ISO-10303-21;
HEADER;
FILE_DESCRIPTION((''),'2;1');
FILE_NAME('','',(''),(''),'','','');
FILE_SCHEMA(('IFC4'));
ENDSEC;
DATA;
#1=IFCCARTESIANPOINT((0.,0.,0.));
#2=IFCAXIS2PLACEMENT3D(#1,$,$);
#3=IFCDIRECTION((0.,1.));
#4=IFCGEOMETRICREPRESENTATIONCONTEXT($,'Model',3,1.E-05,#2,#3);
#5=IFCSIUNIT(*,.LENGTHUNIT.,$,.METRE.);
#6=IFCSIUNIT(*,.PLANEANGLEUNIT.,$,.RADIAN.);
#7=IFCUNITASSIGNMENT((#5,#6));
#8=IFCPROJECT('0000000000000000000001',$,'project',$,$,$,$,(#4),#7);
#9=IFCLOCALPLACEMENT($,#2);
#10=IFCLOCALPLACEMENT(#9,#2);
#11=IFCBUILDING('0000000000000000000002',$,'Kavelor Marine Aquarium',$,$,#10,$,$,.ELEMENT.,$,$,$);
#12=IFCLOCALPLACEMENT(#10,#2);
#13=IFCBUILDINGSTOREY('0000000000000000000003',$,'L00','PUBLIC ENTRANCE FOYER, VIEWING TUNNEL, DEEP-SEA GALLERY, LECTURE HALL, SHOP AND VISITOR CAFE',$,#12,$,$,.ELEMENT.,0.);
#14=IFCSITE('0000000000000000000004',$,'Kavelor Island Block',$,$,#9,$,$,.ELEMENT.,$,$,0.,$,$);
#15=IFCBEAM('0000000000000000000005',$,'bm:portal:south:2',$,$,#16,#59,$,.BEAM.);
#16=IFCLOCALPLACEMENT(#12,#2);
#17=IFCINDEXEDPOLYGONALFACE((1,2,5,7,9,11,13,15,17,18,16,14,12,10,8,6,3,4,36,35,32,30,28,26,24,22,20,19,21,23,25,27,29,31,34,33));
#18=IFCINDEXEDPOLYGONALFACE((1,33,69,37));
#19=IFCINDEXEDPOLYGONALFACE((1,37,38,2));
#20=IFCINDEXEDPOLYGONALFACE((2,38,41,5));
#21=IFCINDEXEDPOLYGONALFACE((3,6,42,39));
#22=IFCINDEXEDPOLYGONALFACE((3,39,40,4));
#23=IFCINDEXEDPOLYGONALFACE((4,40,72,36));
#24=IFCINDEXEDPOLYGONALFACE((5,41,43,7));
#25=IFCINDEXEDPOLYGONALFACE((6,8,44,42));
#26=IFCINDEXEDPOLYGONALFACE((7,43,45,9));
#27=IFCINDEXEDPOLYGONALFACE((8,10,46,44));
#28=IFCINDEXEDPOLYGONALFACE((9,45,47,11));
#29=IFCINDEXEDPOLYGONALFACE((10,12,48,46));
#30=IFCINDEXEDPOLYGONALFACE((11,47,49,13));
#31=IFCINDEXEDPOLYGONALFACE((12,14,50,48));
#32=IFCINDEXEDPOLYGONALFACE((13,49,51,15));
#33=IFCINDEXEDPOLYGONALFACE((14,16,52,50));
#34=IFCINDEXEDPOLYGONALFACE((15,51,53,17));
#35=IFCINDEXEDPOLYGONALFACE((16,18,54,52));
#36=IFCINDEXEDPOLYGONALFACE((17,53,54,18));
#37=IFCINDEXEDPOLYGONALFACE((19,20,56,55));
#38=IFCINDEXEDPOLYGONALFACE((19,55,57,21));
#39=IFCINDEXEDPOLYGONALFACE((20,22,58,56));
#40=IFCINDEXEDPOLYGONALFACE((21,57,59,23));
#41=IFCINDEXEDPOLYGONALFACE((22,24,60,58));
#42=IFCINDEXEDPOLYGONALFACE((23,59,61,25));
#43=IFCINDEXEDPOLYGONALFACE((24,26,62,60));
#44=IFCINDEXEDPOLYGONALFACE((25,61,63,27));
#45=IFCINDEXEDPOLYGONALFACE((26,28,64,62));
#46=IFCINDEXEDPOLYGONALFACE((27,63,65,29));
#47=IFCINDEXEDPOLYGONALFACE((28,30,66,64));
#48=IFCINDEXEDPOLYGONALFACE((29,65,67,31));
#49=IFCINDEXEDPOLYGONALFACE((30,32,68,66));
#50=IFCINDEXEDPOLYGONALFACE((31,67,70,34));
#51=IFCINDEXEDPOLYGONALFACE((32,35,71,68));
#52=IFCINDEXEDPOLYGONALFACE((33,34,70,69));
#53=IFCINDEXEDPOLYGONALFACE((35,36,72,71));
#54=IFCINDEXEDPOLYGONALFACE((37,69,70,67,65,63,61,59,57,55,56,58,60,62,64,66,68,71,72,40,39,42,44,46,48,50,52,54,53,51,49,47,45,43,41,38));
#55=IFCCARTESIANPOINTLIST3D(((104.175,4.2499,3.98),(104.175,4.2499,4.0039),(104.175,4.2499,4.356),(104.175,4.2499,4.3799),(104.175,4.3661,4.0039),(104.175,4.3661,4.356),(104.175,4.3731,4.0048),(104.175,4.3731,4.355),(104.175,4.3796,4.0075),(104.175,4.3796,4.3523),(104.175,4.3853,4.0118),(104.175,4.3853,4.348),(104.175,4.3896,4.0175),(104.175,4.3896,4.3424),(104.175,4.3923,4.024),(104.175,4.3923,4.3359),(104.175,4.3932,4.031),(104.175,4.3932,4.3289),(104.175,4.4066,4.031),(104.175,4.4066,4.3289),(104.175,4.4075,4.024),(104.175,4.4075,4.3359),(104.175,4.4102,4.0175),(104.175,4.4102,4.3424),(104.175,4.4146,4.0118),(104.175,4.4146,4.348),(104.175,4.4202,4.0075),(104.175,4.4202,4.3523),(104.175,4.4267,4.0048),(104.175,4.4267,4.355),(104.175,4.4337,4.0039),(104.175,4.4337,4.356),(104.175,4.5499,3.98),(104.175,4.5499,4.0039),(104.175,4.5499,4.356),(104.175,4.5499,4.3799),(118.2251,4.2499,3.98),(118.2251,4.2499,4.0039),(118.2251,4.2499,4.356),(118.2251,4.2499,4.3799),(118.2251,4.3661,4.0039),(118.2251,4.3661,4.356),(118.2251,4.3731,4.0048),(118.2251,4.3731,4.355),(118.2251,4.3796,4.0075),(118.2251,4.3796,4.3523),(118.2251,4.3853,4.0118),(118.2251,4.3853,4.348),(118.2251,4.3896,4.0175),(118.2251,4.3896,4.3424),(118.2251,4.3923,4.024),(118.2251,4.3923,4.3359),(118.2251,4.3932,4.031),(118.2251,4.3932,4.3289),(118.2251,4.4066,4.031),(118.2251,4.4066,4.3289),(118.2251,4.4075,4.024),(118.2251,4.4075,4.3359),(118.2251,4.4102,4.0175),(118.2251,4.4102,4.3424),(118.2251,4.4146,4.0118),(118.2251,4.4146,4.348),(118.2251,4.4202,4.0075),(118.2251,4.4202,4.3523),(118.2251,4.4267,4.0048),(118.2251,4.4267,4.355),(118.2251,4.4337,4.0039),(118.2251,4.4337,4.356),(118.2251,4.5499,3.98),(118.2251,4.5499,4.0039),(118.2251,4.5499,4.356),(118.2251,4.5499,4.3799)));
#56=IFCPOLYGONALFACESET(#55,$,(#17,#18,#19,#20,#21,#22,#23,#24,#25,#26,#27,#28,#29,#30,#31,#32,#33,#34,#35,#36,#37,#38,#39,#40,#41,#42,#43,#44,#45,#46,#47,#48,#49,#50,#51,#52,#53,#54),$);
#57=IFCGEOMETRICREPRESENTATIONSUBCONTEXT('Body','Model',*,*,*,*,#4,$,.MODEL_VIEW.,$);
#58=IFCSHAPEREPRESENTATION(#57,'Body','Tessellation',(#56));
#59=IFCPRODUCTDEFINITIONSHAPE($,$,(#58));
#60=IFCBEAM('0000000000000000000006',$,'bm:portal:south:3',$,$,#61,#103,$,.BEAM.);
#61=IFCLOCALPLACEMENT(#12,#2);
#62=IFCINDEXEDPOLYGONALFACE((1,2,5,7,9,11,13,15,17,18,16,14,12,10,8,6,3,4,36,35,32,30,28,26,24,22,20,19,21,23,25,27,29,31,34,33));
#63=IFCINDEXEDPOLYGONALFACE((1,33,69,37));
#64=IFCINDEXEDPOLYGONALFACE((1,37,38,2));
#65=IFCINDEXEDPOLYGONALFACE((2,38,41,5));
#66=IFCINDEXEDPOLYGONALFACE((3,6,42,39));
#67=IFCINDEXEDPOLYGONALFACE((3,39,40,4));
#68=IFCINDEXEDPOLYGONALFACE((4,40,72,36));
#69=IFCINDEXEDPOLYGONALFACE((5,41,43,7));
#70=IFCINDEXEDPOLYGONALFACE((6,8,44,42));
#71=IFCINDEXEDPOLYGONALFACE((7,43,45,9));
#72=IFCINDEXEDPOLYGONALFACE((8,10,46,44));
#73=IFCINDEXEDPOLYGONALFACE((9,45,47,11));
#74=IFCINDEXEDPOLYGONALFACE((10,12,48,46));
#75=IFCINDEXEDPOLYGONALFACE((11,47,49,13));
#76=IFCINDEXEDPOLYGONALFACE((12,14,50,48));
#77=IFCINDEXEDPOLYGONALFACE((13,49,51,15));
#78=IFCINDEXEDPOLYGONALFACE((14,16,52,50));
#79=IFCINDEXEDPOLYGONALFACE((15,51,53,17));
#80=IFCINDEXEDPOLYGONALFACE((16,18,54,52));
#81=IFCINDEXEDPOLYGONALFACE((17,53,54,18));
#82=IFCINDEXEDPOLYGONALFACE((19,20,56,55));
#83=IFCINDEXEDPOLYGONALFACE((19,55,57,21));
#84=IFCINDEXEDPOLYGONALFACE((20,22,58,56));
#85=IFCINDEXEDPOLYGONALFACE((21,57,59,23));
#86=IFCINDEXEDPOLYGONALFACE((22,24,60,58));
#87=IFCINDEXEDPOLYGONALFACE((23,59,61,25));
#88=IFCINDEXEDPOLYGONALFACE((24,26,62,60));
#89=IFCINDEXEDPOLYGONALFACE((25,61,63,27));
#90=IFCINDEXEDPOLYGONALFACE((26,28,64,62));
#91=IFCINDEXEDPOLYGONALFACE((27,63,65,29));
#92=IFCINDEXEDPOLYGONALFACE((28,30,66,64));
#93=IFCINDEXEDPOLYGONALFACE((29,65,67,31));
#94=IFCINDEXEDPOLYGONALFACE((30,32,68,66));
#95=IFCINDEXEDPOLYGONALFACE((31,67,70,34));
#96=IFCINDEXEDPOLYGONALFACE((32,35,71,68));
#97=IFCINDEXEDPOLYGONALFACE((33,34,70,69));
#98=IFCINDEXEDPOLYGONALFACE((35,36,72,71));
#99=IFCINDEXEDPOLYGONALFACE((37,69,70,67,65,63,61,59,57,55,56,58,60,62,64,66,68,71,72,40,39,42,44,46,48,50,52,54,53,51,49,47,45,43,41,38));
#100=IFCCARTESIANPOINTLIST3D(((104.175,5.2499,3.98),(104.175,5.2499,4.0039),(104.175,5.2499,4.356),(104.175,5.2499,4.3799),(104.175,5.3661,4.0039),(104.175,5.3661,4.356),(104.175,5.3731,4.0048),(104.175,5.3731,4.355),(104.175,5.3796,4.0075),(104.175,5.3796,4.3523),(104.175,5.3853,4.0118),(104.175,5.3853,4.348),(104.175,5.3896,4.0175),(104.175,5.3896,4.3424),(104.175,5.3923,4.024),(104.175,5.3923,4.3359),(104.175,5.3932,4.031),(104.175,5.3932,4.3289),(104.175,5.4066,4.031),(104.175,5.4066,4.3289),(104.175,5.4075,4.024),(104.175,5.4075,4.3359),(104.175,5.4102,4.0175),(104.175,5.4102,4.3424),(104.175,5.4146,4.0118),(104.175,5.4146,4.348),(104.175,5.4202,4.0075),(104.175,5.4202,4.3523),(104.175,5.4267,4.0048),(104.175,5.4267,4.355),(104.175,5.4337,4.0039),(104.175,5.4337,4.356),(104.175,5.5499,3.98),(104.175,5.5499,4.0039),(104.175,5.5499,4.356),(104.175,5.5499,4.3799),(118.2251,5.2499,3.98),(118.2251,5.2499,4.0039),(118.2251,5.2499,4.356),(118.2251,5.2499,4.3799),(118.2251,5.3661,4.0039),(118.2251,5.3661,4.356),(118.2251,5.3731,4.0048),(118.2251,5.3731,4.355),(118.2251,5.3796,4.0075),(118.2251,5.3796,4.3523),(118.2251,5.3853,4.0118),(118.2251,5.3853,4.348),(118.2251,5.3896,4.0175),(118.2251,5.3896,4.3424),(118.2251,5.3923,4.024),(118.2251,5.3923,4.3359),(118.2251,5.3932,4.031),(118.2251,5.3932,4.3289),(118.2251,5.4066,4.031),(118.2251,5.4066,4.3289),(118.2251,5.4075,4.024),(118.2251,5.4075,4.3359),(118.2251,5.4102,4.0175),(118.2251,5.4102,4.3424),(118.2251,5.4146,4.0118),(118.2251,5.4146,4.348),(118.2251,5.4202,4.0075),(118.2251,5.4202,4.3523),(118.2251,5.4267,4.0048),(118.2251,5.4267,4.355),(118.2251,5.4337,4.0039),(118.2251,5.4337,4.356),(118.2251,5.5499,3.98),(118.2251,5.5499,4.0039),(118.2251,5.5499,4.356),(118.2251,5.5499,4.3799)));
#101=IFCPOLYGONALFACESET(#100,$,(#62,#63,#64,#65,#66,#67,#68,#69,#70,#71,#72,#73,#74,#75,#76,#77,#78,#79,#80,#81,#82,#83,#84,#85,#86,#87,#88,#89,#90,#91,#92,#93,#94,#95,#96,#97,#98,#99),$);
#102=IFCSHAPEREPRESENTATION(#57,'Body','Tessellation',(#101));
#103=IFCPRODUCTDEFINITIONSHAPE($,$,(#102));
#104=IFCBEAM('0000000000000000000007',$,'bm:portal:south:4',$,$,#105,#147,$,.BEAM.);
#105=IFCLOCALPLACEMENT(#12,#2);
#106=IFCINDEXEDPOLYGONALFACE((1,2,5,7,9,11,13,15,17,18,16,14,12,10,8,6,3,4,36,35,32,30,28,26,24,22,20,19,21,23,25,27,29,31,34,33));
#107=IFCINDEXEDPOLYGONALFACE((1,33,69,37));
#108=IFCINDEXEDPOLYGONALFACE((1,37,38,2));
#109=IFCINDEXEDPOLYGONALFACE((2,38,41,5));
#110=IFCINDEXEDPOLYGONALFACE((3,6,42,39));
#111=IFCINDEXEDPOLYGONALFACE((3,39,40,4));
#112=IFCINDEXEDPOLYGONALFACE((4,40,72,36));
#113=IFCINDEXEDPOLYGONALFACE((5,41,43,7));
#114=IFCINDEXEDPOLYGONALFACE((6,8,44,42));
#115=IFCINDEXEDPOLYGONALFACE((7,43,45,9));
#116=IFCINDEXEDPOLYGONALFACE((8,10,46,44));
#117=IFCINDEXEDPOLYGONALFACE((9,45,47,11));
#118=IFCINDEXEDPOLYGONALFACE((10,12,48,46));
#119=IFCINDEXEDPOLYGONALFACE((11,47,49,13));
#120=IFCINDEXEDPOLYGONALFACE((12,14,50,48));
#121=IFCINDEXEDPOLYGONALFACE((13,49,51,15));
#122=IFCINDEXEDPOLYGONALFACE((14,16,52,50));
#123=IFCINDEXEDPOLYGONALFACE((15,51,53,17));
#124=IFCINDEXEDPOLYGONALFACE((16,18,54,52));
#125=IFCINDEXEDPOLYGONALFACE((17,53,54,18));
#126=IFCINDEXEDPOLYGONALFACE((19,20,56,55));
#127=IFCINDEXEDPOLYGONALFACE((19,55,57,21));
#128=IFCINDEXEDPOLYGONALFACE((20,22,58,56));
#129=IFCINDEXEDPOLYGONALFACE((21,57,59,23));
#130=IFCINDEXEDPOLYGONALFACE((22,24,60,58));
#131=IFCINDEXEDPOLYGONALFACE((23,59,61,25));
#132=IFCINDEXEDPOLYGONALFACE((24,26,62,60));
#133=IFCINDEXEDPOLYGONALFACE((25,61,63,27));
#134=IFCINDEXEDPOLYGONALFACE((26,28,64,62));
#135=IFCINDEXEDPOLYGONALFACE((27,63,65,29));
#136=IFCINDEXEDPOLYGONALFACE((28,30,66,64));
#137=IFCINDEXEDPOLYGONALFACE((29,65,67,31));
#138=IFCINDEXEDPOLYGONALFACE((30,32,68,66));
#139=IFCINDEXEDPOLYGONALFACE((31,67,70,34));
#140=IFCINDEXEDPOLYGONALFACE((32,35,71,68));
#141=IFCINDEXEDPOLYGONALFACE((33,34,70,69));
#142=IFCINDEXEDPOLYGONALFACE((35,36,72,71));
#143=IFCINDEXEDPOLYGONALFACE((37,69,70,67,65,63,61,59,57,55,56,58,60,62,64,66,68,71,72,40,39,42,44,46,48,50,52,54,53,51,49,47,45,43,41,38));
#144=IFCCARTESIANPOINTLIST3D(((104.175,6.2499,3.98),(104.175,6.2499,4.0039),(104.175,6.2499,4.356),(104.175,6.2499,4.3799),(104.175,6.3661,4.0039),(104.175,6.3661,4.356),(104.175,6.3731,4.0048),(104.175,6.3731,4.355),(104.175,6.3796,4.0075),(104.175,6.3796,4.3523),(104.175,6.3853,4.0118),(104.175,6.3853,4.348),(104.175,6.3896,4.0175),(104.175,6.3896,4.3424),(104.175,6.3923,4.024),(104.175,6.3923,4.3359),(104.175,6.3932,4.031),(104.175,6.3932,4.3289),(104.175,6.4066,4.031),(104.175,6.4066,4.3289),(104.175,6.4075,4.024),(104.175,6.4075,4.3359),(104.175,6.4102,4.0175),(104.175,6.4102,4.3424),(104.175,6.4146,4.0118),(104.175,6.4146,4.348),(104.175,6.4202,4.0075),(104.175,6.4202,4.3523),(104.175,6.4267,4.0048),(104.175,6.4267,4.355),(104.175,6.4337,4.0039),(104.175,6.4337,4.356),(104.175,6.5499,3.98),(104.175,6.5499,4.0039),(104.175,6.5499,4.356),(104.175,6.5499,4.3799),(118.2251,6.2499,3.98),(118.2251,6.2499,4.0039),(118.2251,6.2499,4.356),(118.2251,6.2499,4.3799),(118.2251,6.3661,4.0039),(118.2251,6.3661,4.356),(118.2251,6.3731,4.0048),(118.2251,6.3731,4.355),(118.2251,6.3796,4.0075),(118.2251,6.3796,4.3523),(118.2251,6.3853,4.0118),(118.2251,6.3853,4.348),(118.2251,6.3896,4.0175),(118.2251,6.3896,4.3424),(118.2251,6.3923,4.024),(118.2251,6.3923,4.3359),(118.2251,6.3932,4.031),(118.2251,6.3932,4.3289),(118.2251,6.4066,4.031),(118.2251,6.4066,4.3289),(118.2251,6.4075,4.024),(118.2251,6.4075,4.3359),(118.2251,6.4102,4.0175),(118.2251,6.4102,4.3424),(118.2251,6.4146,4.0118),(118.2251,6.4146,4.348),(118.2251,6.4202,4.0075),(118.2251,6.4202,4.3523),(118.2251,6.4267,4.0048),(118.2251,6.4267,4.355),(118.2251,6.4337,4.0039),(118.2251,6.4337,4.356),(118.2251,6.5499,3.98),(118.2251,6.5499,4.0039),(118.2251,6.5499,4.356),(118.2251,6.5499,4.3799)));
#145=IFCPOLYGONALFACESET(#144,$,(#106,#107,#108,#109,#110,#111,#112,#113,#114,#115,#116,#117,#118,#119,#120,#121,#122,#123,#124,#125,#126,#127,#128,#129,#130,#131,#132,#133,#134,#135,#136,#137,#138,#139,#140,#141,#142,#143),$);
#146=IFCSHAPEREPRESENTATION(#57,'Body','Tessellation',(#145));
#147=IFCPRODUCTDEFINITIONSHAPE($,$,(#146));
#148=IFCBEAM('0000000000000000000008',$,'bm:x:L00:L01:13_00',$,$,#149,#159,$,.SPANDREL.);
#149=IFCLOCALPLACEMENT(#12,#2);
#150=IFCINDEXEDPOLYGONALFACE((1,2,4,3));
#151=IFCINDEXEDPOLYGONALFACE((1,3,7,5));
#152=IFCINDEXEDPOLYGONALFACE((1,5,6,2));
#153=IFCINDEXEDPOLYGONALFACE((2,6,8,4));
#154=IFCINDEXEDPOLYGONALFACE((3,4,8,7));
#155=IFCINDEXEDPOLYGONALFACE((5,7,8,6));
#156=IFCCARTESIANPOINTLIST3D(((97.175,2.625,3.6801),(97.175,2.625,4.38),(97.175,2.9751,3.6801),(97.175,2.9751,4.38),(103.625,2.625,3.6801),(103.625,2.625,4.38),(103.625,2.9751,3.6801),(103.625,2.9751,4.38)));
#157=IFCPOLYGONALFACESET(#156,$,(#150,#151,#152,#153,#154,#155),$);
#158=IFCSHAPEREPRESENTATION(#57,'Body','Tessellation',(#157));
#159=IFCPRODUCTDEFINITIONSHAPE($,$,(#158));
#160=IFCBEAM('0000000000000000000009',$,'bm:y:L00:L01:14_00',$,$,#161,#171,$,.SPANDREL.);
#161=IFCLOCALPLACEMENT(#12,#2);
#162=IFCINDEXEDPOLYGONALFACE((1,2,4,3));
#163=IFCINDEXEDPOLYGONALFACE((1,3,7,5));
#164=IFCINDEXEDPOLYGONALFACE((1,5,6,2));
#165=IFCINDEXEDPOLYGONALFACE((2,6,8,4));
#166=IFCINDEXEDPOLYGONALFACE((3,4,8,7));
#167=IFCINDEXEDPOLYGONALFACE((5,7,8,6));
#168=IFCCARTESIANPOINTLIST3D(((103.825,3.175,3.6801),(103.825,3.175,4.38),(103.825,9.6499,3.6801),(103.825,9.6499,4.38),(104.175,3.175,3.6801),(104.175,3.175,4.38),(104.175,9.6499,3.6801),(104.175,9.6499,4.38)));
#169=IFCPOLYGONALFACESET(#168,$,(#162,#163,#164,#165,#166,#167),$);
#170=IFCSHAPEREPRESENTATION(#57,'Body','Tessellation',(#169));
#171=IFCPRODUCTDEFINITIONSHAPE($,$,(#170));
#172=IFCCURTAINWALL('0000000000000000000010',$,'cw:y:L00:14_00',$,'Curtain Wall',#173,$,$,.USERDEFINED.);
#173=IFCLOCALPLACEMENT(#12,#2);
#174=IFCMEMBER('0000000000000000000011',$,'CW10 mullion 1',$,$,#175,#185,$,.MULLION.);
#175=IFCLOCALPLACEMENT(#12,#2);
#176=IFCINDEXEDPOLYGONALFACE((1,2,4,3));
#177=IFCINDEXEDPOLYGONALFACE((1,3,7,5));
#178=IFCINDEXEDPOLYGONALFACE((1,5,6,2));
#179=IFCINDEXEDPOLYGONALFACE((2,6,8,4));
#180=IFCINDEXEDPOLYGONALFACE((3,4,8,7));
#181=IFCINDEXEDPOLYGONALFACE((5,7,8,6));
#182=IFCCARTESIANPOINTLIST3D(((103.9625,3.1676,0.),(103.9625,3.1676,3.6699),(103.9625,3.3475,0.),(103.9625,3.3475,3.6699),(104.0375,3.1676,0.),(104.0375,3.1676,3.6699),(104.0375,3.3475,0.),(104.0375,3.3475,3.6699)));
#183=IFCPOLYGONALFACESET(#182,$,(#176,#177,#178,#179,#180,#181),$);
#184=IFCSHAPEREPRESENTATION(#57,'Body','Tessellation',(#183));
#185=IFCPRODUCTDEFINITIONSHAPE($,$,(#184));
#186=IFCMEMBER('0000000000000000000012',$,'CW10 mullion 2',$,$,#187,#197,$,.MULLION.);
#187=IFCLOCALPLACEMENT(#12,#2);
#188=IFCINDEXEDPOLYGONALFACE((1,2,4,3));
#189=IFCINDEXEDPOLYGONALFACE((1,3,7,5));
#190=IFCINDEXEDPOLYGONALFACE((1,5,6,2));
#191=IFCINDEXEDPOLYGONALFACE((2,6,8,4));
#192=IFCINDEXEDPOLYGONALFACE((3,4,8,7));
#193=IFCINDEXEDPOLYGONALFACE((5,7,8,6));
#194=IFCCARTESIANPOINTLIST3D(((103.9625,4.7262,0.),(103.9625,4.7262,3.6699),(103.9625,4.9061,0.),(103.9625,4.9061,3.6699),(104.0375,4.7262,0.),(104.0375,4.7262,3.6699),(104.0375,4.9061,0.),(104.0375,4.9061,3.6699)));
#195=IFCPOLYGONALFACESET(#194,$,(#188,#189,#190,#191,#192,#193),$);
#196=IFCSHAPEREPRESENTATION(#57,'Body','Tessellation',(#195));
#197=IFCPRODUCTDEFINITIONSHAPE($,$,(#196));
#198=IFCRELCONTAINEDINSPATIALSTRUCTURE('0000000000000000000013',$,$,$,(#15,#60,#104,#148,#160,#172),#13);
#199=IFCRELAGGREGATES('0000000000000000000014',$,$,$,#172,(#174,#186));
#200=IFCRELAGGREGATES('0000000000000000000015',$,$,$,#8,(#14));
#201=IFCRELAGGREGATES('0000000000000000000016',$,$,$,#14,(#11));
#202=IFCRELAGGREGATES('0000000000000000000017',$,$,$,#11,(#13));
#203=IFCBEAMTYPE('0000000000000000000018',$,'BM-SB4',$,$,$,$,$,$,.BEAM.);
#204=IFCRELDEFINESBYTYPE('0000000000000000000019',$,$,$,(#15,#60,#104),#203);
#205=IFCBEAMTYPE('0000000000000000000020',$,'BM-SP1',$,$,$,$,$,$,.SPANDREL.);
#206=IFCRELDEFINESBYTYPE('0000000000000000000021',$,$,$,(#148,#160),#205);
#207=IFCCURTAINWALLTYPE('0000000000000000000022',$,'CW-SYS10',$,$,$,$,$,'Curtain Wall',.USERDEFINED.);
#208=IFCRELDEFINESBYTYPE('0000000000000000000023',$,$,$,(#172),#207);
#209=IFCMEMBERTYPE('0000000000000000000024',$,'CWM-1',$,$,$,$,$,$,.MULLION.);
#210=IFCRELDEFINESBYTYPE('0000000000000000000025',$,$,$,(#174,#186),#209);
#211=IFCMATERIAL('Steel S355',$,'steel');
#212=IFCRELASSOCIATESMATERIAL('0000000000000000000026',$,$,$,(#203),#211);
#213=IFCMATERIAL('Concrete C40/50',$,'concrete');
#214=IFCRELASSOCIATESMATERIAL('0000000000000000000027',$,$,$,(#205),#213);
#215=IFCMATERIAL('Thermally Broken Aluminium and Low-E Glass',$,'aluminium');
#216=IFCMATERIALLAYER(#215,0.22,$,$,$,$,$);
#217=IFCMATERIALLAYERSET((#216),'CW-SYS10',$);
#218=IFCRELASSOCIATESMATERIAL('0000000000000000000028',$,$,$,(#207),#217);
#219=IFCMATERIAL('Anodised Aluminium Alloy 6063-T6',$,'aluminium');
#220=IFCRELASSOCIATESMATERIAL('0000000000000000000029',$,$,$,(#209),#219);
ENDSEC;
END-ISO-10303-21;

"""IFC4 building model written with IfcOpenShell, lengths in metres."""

from ifc_helpers import new_model, si_unit, direction, frame, origin, origin_2d, place, context, subcontext, project, spatial, rectangle, i_section, extrude, material, layer, layer_set, material_profile, profile_set, type_object, element, aggregate, save


model = new_model("IFC4")

# Units and contexts
model_context = context("Model", 3, precision=1e-05, world=origin(), true_north=direction((0.0, 1.0)))
body_context = subcontext(model_context, "Body", "Model", "MODEL_VIEW")
ifc_project = project(units=[si_unit("LENGTHUNIT", "METRE"), si_unit("PLANEANGLEUNIT", "RADIAN")], contexts=[model_context])

# Site, building, storey
site_placement = place(None, origin())
site = spatial("IfcSite", under=ifc_project, at=site_placement, Name="Kavelor Island Block", CompositionType="ELEMENT", RefElevation=0.0)
building_placement = place(site_placement, origin())
building = spatial("IfcBuilding", under=site, at=building_placement, Name="Kavelor Marine Aquarium", CompositionType="ELEMENT")
storey_placement = place(building_placement, origin())
storey = spatial("IfcBuildingStorey", under=building, at=storey_placement, Name="L00", Description="PUBLIC ENTRANCE FOYER, VIEWING TUNNEL, DEEP-SEA GALLERY, LECTURE HALL, SHOP AND VISITOR CAFE", CompositionType="ELEMENT", Elevation=0.0)

# Beams
ifc_material_1 = material(Name="Steel S355", Category="steel")
ifc_material_profile_1 = material_profile(ifc_material_1, i_section(OverallWidth=0.3, OverallDepth=0.3999, WebThickness=0.0134, FlangeThickness=0.0239, FilletRadius=0.0271, at=origin_2d()), Name="HEB 400")
ifc_profile_set_1 = profile_set([ifc_material_profile_1], Name="Steel S355")
beam_type_1 = type_object("IfcBeamType", Name="BM-SB4", PredefinedType="BEAM", material=ifc_profile_set_1)
for number, where, z_axis, x_axis, name in (
    (1, (104.175, 4.3999, 4.1799), (1.0, 0.0, 0.0), (0.0, 1.0, 0.0), "bm:portal:south:2"),
    (2, (104.175, 5.3999, 4.1799), (1.0, 0.0, 0.0), (0.0, 1.0, 0.0), "bm:portal:south:3"),
    (3, (104.175, 6.3999, 4.1799), (1.0, 0.0, 0.0), (0.0, 1.0, 0.0), "bm:portal:south:4"),
):
    element("IfcBeam", number, at=place(storey_placement, frame(where, z_axis=z_axis, x_axis=x_axis)), inside=storey, type_object=beam_type_1, Name=name, PredefinedType="BEAM", context=body_context, shape_type="SweptSolid", body=[
        extrude(i_section(OverallWidth=0.3, OverallDepth=0.3999, WebThickness=0.0134, FlangeThickness=0.0239, FilletRadius=0.0271, at=origin_2d()), origin(), (0.0, 0.0, 1.0), 14.05),
    ])
ifc_material_2 = material(Name="Concrete C40/50", Category="concrete")
ifc_material_profile_2 = material_profile(ifc_material_2, rectangle(XDim=0.3501, YDim=0.7, at=origin_2d()), Name="RC-SP 350x700")
ifc_profile_set_2 = profile_set([ifc_material_profile_2], Name="Concrete C40/50")
beam_type_2 = type_object("IfcBeamType", Name="BM-SP1", PredefinedType="SPANDREL", material=ifc_profile_set_2)
beam_1_placement = place(storey_placement, frame((97.175, 2.8, 4.03), z_axis=(1.0, 0.0, 0.0), x_axis=(0.0, 1.0, 0.0)))
element("IfcBeam", 4, at=beam_1_placement, inside=storey, type_object=beam_type_2, Name="bm:x:L00:L01:13_00", PredefinedType="SPANDREL", context=body_context, shape_type="SweptSolid", body=[
    extrude(rectangle(XDim=0.3501, YDim=0.7, at=origin_2d()), origin(), (0.0, 0.0, 1.0), 6.45),
])
beam_2_placement = place(storey_placement, frame((104.0, 3.175, 4.03), z_axis=(0.0, 1.0, 0.0), x_axis=(-1.0, 0.0, 0.0)))
element("IfcBeam", 5, at=beam_2_placement, inside=storey, type_object=beam_type_2, Name="bm:y:L00:L01:14_00", PredefinedType="SPANDREL", context=body_context, shape_type="SweptSolid", body=[
    extrude(rectangle(XDim=0.3501, YDim=0.7, at=origin_2d()), origin(), (0.0, 0.0, 1.0), 6.4749),
])

# Curtain wall, members
ifc_material_3 = material(Name="Thermally Broken Aluminium and Low-E Glass", Category="aluminium")
ifc_layer_1 = layer(ifc_material_3, 0.22)
ifc_layer_set_1 = layer_set([ifc_layer_1], Name="CW-SYS10")
curtain_wall_type = type_object("IfcCurtainWallType", Name="CW-SYS10", ElementType="Curtain Wall", PredefinedType="USERDEFINED", material=ifc_layer_set_1)
curtain_wall_placement = place(storey_placement, origin())
curtain_wall = element("IfcCurtainWall", 6, at=curtain_wall_placement, inside=storey, type_object=curtain_wall_type, Name="cw:y:L00:14_00", ObjectType="Curtain Wall", PredefinedType="USERDEFINED")
ifc_material_4 = material(Name="Anodised Aluminium Alloy 6063-T6", Category="aluminium")
ifc_material_profile_3 = material_profile(ifc_material_4, rectangle(XDim=0.075, YDim=0.1799, at=origin_2d()), Name="CW-MUL 75x180")
ifc_profile_set_3 = profile_set([ifc_material_profile_3], Name="Anodised Aluminium Alloy 6063-T6")
member_type_1 = type_object("IfcMemberType", Name="CWM-1", PredefinedType="MULLION", material=ifc_profile_set_3)
member_1_placement = place(storey_placement, frame((104.0, 3.2576, 0.0), z_axis=(0.0, 0.0, 1.0), x_axis=(-1.0, 0.0, 0.0)))
member_1 = element("IfcMember", 7, at=member_1_placement, type_object=member_type_1, Name="CW10 mullion 1", PredefinedType="MULLION", context=body_context, shape_type="SweptSolid", body=[
    extrude(rectangle(XDim=0.075, YDim=0.1799, at=origin_2d()), origin(), (0.0, 0.0, 1.0), 3.6699),
])
member_2_placement = place(storey_placement, frame((104.0, 4.8162, 0.0), z_axis=(0.0, 0.0, 1.0), x_axis=(-1.0, 0.0, 0.0)))
member_2 = element("IfcMember", 8, at=member_2_placement, type_object=member_type_1, Name="CW10 mullion 2", PredefinedType="MULLION", context=body_context, shape_type="SweptSolid", body=[
    extrude(rectangle(XDim=0.075, YDim=0.1799, at=origin_2d()), origin(), (0.0, 0.0, 1.0), 3.6699),
])
aggregate(curtain_wall, [member_1, member_2])

save(model, "model.ifc")
